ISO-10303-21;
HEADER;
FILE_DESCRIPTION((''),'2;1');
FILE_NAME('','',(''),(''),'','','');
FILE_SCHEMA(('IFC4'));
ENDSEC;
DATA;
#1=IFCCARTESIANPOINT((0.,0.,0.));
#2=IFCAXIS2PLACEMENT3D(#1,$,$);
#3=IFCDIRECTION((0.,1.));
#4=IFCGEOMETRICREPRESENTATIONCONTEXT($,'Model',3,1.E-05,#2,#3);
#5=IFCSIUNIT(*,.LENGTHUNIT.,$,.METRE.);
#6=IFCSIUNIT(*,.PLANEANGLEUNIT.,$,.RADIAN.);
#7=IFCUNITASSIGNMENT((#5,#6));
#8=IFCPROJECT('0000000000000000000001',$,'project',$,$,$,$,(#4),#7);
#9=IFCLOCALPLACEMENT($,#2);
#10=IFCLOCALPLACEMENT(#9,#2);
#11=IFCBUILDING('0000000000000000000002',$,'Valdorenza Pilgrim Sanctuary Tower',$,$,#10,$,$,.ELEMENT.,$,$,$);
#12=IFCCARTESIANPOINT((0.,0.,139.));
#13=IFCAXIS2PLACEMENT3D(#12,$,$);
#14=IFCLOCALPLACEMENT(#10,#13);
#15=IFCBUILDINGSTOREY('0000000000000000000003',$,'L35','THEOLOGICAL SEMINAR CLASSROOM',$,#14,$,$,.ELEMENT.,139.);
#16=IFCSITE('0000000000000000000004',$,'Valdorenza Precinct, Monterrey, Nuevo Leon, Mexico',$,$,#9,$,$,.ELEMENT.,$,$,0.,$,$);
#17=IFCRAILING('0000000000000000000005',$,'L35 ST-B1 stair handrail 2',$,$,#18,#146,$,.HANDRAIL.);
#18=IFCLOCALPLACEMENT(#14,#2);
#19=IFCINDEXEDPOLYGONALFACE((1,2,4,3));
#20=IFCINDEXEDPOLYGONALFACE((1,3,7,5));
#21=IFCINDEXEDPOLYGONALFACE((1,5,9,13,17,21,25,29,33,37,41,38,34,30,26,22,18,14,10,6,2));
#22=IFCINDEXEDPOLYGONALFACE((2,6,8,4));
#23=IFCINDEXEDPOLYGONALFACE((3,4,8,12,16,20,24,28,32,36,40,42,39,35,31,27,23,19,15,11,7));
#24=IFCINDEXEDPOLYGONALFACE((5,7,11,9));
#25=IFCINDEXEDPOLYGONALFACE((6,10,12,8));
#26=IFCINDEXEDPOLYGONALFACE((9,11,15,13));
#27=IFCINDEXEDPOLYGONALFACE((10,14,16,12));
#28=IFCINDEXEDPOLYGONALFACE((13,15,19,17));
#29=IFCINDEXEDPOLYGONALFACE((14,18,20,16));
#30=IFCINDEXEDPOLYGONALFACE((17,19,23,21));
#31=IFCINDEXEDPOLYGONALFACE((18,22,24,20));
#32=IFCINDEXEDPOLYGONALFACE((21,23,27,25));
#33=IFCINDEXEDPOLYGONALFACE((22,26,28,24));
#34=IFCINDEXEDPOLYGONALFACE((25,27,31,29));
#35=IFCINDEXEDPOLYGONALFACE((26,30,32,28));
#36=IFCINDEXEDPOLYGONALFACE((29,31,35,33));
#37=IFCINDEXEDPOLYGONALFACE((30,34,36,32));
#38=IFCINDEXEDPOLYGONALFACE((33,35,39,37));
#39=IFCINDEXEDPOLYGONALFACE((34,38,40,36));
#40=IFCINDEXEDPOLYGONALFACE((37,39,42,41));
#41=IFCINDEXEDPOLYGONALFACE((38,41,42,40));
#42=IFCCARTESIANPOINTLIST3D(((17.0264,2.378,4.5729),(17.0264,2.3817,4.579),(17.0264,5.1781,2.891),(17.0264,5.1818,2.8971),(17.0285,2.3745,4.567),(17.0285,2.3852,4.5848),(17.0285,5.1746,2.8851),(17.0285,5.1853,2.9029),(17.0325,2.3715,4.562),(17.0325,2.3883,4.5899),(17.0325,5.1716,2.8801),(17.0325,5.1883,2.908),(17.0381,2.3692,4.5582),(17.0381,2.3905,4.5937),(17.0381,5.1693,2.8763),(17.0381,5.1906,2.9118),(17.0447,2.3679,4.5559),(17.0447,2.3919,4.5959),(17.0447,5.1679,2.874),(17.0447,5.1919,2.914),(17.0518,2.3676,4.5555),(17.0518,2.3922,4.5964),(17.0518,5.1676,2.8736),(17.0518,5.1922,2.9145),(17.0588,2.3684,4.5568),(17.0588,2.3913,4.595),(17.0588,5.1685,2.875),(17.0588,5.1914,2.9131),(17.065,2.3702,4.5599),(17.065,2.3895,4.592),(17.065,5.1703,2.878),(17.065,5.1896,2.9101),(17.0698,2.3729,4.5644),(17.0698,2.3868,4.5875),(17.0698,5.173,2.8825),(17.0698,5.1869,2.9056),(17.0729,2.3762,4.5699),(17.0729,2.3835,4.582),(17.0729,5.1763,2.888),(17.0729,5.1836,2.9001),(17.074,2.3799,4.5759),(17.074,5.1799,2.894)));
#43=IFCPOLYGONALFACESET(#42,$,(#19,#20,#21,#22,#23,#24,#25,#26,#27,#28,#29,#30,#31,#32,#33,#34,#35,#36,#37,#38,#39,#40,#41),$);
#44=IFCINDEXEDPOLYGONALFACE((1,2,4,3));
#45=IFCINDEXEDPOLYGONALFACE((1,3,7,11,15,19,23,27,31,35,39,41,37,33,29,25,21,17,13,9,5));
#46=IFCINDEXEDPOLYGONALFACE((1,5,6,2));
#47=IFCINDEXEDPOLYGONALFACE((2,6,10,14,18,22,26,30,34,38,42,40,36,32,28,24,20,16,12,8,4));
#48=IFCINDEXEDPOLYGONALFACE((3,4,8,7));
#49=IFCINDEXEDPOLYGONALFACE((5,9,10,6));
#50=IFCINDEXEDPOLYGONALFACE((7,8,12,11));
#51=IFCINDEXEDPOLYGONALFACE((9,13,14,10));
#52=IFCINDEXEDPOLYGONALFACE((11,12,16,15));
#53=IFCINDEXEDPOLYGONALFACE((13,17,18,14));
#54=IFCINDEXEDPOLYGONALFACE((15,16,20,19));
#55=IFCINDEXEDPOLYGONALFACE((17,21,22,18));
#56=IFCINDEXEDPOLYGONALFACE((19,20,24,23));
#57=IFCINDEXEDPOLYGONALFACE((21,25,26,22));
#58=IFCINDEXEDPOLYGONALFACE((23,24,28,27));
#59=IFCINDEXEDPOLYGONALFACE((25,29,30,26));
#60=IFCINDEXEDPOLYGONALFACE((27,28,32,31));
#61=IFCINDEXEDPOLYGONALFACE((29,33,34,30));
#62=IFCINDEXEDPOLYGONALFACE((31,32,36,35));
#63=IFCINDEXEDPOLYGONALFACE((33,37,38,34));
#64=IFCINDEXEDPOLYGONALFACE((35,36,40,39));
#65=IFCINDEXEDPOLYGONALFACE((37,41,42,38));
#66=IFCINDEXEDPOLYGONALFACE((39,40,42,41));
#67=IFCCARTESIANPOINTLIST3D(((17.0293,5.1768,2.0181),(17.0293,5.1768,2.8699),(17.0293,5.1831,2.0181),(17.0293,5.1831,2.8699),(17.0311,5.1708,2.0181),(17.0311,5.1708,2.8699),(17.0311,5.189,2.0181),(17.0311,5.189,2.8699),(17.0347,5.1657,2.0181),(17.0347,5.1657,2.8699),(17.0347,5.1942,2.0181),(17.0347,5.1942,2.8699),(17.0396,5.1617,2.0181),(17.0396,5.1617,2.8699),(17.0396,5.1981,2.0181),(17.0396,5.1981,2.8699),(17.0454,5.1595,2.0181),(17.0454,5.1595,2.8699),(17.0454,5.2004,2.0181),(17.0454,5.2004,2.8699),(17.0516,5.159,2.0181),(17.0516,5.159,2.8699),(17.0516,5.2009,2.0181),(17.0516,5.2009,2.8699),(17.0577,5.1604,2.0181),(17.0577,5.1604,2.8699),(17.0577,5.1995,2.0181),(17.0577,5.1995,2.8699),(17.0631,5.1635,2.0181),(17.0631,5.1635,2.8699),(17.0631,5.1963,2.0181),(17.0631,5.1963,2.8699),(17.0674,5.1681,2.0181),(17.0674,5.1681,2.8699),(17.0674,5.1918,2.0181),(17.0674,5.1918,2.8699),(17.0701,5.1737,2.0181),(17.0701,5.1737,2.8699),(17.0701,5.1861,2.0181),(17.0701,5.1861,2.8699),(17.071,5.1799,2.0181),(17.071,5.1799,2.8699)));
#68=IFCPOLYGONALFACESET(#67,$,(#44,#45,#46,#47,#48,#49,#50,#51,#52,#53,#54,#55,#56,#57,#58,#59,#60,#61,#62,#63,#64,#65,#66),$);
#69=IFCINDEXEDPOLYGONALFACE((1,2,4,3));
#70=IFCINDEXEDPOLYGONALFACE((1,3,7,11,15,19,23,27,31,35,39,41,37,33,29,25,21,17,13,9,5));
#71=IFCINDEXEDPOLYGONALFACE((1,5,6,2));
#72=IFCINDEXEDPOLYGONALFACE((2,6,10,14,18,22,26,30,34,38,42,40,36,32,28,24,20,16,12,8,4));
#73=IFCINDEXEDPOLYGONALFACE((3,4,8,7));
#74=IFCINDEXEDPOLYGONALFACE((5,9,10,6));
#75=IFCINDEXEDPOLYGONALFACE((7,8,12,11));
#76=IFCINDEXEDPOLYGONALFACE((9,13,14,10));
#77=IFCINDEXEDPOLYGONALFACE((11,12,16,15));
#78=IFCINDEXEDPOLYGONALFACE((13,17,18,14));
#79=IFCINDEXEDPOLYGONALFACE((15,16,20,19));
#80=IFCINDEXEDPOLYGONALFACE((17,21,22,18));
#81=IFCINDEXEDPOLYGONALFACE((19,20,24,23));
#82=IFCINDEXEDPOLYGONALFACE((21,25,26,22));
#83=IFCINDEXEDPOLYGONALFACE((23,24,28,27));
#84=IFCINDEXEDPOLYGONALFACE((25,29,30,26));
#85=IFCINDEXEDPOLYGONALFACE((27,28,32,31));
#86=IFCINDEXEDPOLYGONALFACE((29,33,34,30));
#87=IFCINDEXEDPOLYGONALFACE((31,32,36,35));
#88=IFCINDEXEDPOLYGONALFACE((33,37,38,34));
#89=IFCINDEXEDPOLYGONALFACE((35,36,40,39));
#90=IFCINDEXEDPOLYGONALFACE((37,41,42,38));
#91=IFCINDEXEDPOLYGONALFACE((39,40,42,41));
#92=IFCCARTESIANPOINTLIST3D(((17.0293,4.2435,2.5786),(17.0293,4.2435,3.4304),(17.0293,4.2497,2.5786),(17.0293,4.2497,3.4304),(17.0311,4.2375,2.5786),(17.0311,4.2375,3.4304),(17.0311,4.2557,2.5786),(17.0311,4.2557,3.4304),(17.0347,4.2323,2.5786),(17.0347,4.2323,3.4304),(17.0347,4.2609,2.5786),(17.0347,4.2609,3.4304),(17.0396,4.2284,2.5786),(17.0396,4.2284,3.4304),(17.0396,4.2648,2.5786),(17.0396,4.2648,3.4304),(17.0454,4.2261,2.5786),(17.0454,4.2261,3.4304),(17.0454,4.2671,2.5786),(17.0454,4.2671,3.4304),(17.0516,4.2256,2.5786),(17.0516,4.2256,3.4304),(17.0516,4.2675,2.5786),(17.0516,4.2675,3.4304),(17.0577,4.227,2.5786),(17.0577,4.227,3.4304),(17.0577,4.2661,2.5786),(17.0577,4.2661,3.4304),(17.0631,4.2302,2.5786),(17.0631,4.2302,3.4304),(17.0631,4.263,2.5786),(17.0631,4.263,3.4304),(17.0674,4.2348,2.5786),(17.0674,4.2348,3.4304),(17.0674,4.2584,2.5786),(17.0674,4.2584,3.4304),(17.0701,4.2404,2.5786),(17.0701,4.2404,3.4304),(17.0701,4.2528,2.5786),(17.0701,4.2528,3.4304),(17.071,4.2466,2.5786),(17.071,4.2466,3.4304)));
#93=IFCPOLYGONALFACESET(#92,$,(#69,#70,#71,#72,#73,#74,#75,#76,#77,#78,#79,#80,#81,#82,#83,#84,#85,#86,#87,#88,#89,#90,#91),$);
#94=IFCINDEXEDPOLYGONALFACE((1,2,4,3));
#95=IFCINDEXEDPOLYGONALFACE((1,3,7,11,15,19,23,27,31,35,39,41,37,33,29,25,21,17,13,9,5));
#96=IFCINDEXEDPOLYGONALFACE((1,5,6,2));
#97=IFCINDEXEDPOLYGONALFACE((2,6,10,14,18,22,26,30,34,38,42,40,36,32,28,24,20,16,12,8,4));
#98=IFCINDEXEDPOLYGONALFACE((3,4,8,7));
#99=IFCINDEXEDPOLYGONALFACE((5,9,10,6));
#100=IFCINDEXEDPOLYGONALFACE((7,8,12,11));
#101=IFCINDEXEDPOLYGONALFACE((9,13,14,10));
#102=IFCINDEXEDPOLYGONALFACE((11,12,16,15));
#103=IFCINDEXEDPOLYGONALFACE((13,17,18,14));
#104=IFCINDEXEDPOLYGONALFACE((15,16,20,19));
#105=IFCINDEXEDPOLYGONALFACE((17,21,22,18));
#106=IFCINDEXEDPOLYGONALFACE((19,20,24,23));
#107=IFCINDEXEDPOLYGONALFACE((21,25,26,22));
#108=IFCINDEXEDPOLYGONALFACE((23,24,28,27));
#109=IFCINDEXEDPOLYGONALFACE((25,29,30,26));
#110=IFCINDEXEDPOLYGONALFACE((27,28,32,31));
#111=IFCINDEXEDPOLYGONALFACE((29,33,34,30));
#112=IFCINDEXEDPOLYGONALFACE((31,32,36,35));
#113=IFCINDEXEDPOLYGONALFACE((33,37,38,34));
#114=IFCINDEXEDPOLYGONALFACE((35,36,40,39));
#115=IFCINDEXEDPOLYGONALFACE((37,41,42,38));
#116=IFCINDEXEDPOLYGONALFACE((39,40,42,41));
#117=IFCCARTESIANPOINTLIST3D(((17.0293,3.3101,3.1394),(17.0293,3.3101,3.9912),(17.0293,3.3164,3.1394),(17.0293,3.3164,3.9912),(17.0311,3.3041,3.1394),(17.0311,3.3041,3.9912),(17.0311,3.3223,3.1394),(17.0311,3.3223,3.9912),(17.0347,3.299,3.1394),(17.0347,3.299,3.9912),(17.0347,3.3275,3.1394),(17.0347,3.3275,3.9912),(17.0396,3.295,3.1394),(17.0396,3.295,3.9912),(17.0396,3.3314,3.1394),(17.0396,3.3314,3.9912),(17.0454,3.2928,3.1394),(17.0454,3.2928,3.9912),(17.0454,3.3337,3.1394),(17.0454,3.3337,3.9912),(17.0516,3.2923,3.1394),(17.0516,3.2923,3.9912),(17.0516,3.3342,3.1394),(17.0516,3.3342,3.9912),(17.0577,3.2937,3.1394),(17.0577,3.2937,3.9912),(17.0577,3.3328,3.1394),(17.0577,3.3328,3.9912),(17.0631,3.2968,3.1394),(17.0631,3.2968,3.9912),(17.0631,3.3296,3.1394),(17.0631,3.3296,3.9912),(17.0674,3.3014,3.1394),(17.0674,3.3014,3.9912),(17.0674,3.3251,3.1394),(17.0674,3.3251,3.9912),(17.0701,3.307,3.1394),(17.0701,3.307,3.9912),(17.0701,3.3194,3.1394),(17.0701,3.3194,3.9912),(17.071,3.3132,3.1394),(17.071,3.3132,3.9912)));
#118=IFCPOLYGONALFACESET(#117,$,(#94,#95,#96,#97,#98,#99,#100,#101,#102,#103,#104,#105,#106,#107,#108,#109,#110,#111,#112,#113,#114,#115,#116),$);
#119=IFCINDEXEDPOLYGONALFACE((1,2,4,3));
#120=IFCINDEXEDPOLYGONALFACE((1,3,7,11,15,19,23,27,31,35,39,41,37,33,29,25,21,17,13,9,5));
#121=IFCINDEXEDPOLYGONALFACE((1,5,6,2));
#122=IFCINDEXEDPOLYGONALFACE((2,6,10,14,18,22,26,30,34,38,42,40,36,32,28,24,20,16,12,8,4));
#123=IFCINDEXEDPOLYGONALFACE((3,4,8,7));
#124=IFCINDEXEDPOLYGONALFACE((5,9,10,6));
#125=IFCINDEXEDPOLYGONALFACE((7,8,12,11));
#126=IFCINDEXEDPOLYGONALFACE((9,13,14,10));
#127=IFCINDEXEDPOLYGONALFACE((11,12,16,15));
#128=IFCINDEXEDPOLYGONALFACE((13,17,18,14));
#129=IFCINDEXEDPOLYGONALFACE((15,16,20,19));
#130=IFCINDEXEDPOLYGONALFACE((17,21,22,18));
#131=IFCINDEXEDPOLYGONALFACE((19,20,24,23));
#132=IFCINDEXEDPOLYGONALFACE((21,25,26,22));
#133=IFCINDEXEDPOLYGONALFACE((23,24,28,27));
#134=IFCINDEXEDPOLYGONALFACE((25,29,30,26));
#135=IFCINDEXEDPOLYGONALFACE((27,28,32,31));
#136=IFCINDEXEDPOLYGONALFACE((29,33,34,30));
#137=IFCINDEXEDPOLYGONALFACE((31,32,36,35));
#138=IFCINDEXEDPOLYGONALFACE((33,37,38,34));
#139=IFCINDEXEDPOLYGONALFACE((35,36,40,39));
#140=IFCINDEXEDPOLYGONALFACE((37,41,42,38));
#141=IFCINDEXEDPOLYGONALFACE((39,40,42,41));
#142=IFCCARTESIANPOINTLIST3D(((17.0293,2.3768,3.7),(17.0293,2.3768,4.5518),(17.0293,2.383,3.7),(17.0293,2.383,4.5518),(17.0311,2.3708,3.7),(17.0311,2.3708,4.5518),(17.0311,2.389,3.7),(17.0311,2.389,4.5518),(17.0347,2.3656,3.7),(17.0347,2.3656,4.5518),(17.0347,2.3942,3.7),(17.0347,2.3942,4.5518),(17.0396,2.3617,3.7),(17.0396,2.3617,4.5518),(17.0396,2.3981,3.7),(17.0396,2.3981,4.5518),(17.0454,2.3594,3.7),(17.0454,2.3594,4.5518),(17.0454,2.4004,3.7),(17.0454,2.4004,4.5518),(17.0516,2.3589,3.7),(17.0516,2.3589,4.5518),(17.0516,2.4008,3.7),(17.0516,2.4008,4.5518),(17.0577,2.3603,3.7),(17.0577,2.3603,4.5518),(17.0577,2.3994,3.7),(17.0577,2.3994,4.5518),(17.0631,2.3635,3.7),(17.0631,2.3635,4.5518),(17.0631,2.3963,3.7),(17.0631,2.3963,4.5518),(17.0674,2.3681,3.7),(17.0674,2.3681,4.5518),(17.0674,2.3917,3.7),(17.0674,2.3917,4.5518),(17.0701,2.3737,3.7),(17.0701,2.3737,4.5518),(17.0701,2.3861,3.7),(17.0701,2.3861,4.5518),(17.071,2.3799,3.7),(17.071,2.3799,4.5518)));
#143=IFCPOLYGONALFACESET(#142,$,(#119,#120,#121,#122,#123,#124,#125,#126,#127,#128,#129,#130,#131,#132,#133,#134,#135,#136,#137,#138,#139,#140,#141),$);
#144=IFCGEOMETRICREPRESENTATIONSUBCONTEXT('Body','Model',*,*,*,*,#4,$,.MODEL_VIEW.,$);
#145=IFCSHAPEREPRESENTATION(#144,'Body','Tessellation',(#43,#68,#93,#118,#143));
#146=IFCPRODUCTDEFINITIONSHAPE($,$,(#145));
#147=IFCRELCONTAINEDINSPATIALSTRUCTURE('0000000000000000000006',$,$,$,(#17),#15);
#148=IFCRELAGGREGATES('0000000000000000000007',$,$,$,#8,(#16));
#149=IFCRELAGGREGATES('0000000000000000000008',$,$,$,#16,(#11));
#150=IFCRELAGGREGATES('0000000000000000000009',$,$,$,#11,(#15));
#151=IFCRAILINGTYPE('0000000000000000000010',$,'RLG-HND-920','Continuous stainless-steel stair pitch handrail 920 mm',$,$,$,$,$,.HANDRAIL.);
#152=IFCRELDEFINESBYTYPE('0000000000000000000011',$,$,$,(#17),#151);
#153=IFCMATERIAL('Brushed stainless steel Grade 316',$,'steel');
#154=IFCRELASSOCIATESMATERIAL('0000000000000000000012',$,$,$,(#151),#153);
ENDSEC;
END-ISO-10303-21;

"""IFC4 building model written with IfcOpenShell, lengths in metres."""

from ifc_helpers import new_model, si_unit, direction, frame, origin, origin_2d, place, context, subcontext, project, spatial, circle, extrude, material, type_object, element, save


model = new_model("IFC4")

# Units and contexts
model_context = context("Model", 3, precision=1e-05, world=origin(), true_north=direction((0.0, 1.0)))
body_context = subcontext(model_context, "Body", "Model", "MODEL_VIEW")
ifc_project = project(units=[si_unit("LENGTHUNIT", "METRE"), si_unit("PLANEANGLEUNIT", "RADIAN")], contexts=[model_context])

# Site, building, storey
site_placement = place(None, origin())
site = spatial("IfcSite", under=ifc_project, at=site_placement, Name="Valdorenza Precinct, Monterrey, Nuevo Leon, Mexico", CompositionType="ELEMENT", RefElevation=0.0)
building_placement = place(site_placement, origin())
building = spatial("IfcBuilding", under=site, at=building_placement, Name="Valdorenza Pilgrim Sanctuary Tower", CompositionType="ELEMENT")
storey_placement = place(building_placement, frame((0.0, 0.0, 139.0)))
storey = spatial("IfcBuildingStorey", under=building, at=storey_placement, Name="L35", Description="THEOLOGICAL SEMINAR CLASSROOM", CompositionType="ELEMENT", Elevation=139.0)

# Shared definitions
ifc_material_1 = material(Name="Brushed stainless steel Grade 316", Category="steel")

# Railing
railing_type_1 = type_object("IfcRailingType", Name="RLG-HND-920", Description="Continuous stainless-steel stair pitch handrail 920 mm", PredefinedType="HANDRAIL", material=ifc_material_1)
railing_1_placement = place(storey_placement, frame((17.05, 5.1799, 2.0181)))
element("IfcRailing", 1, at=railing_1_placement, inside=storey, type_object=railing_type_1, Name="L35 ST-B1 stair handrail 2", PredefinedType="HANDRAIL", context=body_context, shape_type="SweptSolid", body=[
    extrude(circle(Radius=0.0239, at=origin_2d()), frame((0.0, 0.0, 0.876), z_axis=(0.0, -0.857242, 0.514913), x_axis=(1.0, 0.0, 0.0)), (0.0, 0.0, 1.0), 3.2664),
    extrude(circle(Radius=0.021, at=origin_2d()), origin(), (0.0, 0.0, 1.0), 0.8518),
    extrude(circle(Radius=0.021, at=origin_2d()), frame((0.0, -0.9333, 0.5605)), (0.0, 0.0, 1.0), 0.8518),
    extrude(circle(Radius=0.021, at=origin_2d()), frame((0.0, -1.8667, 1.1213)), (0.0, 0.0, 1.0), 0.8518),
    extrude(circle(Radius=0.021, at=origin_2d()), frame((0.0, -2.8, 1.6819)), (0.0, 0.0, 1.0), 0.8518),
])

save(model, "model.ifc")
